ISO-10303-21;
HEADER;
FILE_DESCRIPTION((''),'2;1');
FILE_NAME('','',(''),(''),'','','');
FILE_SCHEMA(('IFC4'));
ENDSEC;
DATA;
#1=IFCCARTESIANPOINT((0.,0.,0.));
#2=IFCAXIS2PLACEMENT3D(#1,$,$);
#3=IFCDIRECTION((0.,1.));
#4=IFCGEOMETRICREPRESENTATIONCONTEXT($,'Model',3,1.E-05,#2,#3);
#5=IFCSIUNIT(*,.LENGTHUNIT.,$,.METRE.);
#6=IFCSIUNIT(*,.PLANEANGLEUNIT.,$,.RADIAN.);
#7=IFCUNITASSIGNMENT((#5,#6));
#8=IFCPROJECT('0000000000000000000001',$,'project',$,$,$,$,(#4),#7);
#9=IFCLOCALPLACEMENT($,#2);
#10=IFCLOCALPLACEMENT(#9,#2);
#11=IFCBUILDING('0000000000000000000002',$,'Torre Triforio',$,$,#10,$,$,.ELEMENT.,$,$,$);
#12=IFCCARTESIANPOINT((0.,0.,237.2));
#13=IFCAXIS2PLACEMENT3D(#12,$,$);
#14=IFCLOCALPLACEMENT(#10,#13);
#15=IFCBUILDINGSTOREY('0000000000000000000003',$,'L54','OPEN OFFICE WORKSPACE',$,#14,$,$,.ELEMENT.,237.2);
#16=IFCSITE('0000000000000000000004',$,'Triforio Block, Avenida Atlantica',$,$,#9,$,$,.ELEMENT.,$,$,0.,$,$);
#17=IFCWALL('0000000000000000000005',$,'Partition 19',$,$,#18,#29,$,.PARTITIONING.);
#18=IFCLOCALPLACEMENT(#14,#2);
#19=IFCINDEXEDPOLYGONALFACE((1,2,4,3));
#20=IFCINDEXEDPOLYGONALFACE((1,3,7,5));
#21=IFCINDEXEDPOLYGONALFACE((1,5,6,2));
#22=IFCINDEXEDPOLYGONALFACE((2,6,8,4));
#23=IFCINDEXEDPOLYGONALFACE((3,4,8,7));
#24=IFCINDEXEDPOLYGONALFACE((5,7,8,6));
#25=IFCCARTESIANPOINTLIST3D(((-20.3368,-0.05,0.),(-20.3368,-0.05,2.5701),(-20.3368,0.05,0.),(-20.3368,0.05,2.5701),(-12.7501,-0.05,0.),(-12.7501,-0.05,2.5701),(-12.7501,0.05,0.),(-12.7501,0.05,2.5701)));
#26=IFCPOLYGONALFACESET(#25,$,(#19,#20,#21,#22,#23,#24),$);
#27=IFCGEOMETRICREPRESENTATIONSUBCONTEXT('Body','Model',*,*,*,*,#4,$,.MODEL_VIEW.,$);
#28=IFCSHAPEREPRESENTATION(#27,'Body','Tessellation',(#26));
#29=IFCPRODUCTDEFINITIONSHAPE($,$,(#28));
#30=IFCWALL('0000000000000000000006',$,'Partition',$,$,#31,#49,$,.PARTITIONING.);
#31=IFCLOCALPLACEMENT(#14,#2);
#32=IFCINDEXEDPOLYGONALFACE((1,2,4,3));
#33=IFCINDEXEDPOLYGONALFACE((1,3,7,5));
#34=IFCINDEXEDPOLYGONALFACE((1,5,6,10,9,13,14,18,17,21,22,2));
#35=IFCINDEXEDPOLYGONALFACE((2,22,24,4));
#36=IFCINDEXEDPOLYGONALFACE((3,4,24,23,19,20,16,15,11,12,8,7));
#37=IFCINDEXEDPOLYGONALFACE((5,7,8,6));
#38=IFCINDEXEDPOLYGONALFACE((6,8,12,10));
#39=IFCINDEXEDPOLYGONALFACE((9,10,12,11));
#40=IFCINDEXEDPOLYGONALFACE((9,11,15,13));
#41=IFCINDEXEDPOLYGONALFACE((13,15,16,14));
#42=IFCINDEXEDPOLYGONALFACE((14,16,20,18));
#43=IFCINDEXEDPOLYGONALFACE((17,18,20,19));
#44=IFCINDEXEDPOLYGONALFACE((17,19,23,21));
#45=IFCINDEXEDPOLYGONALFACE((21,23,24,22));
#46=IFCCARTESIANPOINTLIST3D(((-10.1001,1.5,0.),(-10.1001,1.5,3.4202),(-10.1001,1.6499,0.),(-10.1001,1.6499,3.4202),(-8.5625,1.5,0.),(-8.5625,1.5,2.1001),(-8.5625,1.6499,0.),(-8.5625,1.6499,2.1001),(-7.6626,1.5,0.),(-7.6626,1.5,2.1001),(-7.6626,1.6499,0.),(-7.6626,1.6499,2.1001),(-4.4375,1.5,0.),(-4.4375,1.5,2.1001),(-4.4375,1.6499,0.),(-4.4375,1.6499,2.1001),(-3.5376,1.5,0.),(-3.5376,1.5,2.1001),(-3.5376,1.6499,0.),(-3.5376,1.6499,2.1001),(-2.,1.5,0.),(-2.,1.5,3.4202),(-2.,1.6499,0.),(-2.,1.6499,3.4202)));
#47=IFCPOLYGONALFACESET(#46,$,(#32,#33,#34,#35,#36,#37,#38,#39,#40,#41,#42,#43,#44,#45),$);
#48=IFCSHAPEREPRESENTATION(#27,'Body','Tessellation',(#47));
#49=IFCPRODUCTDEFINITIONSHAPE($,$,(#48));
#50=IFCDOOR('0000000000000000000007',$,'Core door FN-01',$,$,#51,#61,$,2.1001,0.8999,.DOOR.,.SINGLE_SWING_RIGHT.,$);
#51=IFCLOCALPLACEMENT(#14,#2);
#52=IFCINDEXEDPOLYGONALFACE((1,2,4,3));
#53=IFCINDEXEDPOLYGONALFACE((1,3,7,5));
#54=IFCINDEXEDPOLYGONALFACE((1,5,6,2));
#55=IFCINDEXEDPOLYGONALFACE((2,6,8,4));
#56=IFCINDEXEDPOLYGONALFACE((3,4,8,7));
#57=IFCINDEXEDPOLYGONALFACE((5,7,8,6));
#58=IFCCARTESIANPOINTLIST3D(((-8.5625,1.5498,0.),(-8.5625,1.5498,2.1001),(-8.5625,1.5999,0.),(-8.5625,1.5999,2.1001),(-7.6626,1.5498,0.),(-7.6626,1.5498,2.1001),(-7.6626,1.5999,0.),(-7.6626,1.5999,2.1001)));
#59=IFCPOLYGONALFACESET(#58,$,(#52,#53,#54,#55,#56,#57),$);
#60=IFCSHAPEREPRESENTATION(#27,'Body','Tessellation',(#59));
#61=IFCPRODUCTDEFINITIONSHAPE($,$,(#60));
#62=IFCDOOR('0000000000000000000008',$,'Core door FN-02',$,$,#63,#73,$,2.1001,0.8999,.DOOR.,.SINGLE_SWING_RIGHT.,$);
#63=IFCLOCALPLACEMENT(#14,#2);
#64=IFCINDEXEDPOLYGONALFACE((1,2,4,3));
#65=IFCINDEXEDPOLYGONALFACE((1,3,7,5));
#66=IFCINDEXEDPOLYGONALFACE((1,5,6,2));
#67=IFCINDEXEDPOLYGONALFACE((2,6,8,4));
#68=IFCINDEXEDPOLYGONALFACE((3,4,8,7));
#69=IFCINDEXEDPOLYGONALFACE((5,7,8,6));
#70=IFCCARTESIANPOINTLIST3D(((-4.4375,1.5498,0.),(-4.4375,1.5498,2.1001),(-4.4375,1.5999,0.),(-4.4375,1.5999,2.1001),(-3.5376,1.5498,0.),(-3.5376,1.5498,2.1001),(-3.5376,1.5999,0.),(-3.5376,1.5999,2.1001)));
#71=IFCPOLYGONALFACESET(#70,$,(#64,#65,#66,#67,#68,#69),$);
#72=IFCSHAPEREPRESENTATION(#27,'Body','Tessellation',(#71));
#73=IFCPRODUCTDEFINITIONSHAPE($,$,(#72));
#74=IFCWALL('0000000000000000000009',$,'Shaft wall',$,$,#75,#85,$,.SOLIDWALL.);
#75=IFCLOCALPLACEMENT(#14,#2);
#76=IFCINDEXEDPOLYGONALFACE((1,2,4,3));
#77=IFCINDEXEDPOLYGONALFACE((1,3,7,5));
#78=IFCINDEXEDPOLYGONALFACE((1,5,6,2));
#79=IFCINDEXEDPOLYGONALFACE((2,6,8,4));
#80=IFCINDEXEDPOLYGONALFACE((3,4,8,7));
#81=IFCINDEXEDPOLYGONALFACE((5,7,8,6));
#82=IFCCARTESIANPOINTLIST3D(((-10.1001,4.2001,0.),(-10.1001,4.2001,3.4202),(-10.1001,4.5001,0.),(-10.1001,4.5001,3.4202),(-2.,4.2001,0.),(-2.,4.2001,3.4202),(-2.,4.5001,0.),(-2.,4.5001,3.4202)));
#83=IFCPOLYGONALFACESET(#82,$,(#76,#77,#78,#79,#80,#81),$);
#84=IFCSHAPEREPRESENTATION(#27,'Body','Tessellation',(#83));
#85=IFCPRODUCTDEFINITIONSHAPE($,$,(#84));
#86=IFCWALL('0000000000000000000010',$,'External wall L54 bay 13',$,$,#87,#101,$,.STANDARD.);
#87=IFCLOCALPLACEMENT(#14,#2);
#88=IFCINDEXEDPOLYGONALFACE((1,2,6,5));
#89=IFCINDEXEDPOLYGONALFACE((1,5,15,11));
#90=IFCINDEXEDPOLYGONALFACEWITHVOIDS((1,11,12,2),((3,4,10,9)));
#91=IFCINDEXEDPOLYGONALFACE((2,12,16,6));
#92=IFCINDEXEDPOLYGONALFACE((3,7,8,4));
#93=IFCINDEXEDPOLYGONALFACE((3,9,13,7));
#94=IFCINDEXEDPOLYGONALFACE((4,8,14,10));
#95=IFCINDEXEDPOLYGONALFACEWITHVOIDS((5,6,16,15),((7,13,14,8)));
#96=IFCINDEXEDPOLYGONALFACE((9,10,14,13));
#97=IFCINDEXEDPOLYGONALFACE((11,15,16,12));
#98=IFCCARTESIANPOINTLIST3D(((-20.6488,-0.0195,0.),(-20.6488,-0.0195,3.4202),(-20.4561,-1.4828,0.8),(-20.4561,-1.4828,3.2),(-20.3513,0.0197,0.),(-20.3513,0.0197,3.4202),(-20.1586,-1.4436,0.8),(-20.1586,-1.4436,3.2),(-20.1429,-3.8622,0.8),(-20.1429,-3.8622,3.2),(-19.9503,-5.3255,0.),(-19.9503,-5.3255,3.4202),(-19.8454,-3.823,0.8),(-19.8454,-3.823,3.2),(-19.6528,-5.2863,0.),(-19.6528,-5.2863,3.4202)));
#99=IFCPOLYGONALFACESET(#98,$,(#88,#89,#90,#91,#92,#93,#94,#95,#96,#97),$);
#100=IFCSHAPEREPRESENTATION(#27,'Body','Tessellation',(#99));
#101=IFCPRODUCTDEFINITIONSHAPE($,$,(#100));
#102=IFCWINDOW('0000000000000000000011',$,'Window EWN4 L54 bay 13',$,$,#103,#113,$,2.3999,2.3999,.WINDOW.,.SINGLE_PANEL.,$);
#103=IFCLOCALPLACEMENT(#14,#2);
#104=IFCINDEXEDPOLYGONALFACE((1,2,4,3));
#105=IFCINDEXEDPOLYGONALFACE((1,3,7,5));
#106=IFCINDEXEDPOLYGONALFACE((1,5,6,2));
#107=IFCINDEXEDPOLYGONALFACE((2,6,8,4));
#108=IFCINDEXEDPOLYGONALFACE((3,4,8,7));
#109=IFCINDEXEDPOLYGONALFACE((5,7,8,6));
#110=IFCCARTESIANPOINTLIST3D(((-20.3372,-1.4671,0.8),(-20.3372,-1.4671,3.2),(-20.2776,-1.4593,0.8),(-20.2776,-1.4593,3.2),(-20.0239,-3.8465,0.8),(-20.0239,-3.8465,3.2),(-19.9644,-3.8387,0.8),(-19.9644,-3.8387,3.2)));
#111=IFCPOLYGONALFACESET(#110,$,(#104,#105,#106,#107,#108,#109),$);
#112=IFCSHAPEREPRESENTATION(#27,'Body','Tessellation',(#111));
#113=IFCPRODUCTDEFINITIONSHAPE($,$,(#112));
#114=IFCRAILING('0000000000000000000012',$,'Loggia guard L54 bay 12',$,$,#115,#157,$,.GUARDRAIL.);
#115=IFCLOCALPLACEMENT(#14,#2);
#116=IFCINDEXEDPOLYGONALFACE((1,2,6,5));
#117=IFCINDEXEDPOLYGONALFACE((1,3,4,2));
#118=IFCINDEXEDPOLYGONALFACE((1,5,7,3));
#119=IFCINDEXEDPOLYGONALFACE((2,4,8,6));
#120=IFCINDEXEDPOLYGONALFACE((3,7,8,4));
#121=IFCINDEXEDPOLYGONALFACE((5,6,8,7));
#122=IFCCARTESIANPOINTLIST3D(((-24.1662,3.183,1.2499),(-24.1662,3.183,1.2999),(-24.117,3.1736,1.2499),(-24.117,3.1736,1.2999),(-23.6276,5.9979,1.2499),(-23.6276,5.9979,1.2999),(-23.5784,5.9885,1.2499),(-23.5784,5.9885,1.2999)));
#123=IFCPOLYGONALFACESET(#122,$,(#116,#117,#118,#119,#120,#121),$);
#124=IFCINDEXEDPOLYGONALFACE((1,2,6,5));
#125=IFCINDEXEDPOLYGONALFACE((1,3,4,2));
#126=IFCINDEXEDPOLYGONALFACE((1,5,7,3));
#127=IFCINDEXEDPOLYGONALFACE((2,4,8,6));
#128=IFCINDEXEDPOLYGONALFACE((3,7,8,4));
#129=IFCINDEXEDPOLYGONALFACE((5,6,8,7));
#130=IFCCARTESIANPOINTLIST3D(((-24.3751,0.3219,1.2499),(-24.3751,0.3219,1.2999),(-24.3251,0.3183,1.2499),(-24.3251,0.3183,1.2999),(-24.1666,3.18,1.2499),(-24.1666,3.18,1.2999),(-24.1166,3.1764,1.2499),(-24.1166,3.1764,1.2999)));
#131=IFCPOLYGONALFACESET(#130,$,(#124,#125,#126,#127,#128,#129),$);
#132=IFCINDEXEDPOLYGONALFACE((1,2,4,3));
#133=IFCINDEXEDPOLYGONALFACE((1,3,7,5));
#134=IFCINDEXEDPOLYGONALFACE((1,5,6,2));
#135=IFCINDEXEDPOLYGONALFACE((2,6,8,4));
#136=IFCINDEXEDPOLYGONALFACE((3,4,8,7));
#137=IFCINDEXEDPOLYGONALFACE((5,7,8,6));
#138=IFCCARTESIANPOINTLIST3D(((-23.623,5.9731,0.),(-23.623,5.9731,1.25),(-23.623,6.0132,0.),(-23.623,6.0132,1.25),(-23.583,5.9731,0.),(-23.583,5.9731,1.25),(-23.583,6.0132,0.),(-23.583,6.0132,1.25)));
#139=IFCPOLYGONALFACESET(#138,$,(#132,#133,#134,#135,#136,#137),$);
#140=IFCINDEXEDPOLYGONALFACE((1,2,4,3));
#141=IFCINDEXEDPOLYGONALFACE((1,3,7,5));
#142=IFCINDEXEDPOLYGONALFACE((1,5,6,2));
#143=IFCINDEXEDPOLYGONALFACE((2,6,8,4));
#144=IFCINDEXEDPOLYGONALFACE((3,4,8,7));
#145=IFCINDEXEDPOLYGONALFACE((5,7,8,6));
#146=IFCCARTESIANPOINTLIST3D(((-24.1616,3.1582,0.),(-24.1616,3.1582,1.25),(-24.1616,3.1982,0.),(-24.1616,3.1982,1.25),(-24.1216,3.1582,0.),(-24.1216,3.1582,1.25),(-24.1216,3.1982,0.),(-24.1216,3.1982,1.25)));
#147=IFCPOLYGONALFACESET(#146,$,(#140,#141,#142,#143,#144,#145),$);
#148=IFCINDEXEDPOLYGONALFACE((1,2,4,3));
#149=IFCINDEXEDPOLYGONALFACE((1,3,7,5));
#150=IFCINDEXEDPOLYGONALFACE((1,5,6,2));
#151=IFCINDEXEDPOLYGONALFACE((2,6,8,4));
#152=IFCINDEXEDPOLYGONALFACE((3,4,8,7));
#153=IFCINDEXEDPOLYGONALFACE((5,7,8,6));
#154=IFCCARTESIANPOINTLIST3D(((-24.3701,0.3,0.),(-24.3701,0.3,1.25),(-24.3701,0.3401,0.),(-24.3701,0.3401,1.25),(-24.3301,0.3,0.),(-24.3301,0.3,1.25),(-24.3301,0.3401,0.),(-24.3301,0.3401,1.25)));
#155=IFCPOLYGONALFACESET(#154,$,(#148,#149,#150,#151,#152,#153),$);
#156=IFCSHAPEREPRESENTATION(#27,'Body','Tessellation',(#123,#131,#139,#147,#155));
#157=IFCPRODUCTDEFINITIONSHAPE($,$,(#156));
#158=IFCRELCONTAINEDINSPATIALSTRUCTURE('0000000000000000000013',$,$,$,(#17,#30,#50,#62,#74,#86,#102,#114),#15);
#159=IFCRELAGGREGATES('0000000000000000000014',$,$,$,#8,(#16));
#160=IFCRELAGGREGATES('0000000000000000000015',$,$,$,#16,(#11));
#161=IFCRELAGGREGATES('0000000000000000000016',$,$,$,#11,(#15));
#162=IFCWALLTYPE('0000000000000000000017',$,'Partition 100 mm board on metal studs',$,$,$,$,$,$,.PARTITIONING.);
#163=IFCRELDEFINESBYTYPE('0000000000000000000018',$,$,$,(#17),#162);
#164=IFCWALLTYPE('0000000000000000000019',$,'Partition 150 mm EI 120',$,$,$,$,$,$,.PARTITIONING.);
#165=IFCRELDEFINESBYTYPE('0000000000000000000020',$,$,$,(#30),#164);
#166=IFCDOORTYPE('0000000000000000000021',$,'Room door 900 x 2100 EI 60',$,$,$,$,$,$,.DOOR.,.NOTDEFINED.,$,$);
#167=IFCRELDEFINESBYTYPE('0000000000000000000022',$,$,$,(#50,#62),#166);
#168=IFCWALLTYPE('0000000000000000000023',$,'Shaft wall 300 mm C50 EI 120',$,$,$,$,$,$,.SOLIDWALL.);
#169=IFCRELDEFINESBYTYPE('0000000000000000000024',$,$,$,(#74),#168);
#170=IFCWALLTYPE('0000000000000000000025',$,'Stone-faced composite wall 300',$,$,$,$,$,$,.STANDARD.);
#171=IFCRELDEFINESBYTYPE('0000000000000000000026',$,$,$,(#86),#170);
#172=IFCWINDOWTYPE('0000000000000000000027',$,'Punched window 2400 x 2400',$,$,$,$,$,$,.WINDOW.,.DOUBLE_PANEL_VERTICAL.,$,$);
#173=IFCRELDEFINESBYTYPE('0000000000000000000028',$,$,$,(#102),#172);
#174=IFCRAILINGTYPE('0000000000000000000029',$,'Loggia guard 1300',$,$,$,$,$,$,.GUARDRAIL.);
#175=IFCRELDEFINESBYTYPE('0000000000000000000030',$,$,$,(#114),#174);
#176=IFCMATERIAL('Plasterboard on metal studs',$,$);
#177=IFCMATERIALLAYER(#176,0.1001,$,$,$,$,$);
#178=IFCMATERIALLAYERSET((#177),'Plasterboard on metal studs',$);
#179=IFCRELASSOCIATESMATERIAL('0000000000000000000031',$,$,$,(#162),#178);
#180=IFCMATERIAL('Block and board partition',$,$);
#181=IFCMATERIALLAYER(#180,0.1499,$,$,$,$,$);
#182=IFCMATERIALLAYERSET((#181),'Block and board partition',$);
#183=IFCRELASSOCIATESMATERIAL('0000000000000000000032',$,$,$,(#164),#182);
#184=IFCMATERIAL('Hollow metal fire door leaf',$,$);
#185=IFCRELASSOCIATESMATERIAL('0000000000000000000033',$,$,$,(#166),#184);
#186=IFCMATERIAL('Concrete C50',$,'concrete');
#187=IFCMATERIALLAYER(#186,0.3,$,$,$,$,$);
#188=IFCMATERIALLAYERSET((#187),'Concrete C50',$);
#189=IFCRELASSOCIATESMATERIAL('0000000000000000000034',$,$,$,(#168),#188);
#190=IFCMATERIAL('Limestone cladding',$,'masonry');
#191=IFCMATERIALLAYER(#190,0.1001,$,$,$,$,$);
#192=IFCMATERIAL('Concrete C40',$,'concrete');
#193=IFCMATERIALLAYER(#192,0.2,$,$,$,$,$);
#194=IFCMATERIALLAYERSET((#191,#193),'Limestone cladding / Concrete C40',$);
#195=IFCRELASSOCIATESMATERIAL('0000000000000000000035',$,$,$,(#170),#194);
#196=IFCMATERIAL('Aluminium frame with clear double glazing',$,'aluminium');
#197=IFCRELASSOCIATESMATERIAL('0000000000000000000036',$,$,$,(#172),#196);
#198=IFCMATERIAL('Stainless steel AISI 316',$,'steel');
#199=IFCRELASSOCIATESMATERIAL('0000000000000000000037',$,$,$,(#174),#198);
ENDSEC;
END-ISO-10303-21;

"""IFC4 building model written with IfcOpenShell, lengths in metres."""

from ifc_helpers import new_model, si_unit, direction, frame, frame_2d, origin, origin_2d, place, context, subcontext, project, spatial, rectangle, extrude, material, layer, layer_set, type_object, element, fill, save


model = new_model("IFC4")

# Units and contexts
model_context = context("Model", 3, precision=1e-05, world=origin(), true_north=direction((0.0, 1.0)))
body_context = subcontext(model_context, "Body", "Model", "MODEL_VIEW")
ifc_project = project(units=[si_unit("LENGTHUNIT", "METRE"), si_unit("PLANEANGLEUNIT", "RADIAN")], contexts=[model_context])

# Site, building, storey
site_placement = place(None, origin())
site = spatial("IfcSite", under=ifc_project, at=site_placement, Name="Triforio Block, Avenida Atlantica", CompositionType="ELEMENT", RefElevation=0.0)
building_placement = place(site_placement, origin())
building = spatial("IfcBuilding", under=site, at=building_placement, Name="Torre Triforio", CompositionType="ELEMENT")
storey_placement = place(building_placement, frame((0.0, 0.0, 237.2)))
storey = spatial("IfcBuildingStorey", under=building, at=storey_placement, Name="L54", Description="OPEN OFFICE WORKSPACE", CompositionType="ELEMENT", Elevation=237.2)

# Shared definitions
ifc_material_1 = material(Name="Concrete C50", Category="concrete")

# Shared definitions
ifc_material_2 = material(Name="Concrete C40", Category="concrete")

# Shared definitions
ifc_material_3 = material(Name="Hollow metal fire door leaf")

# Shared definitions
ifc_material_4 = material(Name="Plasterboard on metal studs")

# Wall
ifc_layer_1 = layer(ifc_material_4, 0.1001)
ifc_layer_set_1 = layer_set([ifc_layer_1], Name="Plasterboard on metal studs")
wall_type_1 = type_object("IfcWallType", Name="Partition 100 mm board on metal studs", PredefinedType="PARTITIONING", material=ifc_layer_set_1)
wall_1_placement = place(storey_placement, frame((-12.75, 0.0, 0.0), z_axis=(0.0, 0.0, 1.0), x_axis=(-1.0, 0.0, 0.0)))
element("IfcWall", 1, at=wall_1_placement, inside=storey, type_object=wall_type_1, Name="Partition 19", PredefinedType="PARTITIONING", context=body_context, shape_type="SweptSolid", body=[
    extrude(rectangle(XDim=7.5867, YDim=0.1001, at=frame_2d((3.7935, 0.0))), origin(), (0.0, 0.0, 1.0), 2.5701),
])

# Wall, openings, doors
ifc_material_5 = material(Name="Block and board partition")
ifc_layer_2 = layer(ifc_material_5, 0.1499)
ifc_layer_set_2 = layer_set([ifc_layer_2], Name="Block and board partition")
wall_type_2 = type_object("IfcWallType", Name="Partition 150 mm EI 120", PredefinedType="PARTITIONING", material=ifc_layer_set_2)
wall_2_placement = place(storey_placement, frame((-10.1001, 1.575, 0.0), z_axis=(0.0, 0.0, 1.0), x_axis=(1.0, 0.0, 0.0)))
wall_2 = element("IfcWall", 2, at=wall_2_placement, inside=storey, type_object=wall_type_2, Name="Partition", PredefinedType="PARTITIONING", context=body_context, shape_type="SweptSolid", body=[
    extrude(rectangle(XDim=8.1001, YDim=0.1499, at=frame_2d((4.05, 0.0))), origin(), (0.0, 0.0, 1.0), 3.4202),
])
opening_1_placement = place(wall_2_placement, frame((1.5376, 0.0, 0.0)))
opening_1 = element("IfcOpeningElement", 3, at=opening_1_placement, cuts=wall_2, PredefinedType="OPENING", context=body_context, shape_type="SweptSolid", body=[
    extrude(rectangle(XDim=0.8999, YDim=2.1001, at=frame_2d((0.45, 1.05))), frame((0.0, 0.085, 0.0), z_axis=(0.0, -1.0, 0.0), x_axis=(1.0, 0.0, 0.0)), (0.0, 0.0, 1.0), 0.1699),
])
opening_2_placement = place(wall_2_placement, frame((5.6626, 0.0, 0.0)))
opening_2 = element("IfcOpeningElement", 4, at=opening_2_placement, cuts=wall_2, PredefinedType="OPENING", context=body_context, shape_type="SweptSolid", body=[
    extrude(rectangle(XDim=0.8999, YDim=2.1001, at=frame_2d((0.45, 1.05))), frame((0.0, 0.085, 0.0), z_axis=(0.0, -1.0, 0.0), x_axis=(1.0, 0.0, 0.0)), (0.0, 0.0, 1.0), 0.1699),
])
door_type_1 = type_object("IfcDoorType", Name="Room door 900 x 2100 EI 60", OperationType="NOTDEFINED", PredefinedType="DOOR", material=ifc_material_3)
door_1_placement = place(opening_1_placement, origin())
door_1 = element("IfcDoor", 5, at=door_1_placement, inside=storey, type_object=door_type_1, Name="Core door FN-01", OperationType="SINGLE_SWING_RIGHT", OverallHeight=2.1001, OverallWidth=0.8999, PredefinedType="DOOR", context=body_context, shape_type="SweptSolid", body=[
    extrude(rectangle(XDim=0.8999, YDim=2.1001, at=frame_2d((0.45, 1.05))), frame((0.0, 0.0249, 0.0), z_axis=(0.0, -1.0, 0.0), x_axis=(1.0, 0.0, 0.0)), (0.0, 0.0, 1.0), 0.05),
])
fill(opening_1, door_1)
door_2_placement = place(opening_2_placement, origin())
door_2 = element("IfcDoor", 6, at=door_2_placement, inside=storey, type_object=door_type_1, Name="Core door FN-02", OperationType="SINGLE_SWING_RIGHT", OverallHeight=2.1001, OverallWidth=0.8999, PredefinedType="DOOR", context=body_context, shape_type="SweptSolid", body=[
    extrude(rectangle(XDim=0.8999, YDim=2.1001, at=frame_2d((0.45, 1.05))), frame((0.0, 0.0249, 0.0), z_axis=(0.0, -1.0, 0.0), x_axis=(1.0, 0.0, 0.0)), (0.0, 0.0, 1.0), 0.05),
])
fill(opening_2, door_2)

# Wall
ifc_layer_3 = layer(ifc_material_1, 0.3)
ifc_layer_set_3 = layer_set([ifc_layer_3], Name="Concrete C50")
wall_type_3 = type_object("IfcWallType", Name="Shaft wall 300 mm C50 EI 120", PredefinedType="SOLIDWALL", material=ifc_layer_set_3)
wall_3_placement = place(storey_placement, frame((-10.1001, 4.3501, 0.0), z_axis=(0.0, 0.0, 1.0), x_axis=(1.0, 0.0, 0.0)))
element("IfcWall", 7, at=wall_3_placement, inside=storey, type_object=wall_type_3, Name="Shaft wall", PredefinedType="SOLIDWALL", context=body_context, shape_type="SweptSolid", body=[
    extrude(rectangle(XDim=8.1001, YDim=0.3, at=frame_2d((4.05, 0.0))), origin(), (0.0, 0.0, 1.0), 3.4202),
])

# Shared definitions
ifc_material_6 = material(Name="Limestone cladding", Category="masonry")
ifc_layer_4 = layer(ifc_material_6, 0.1001)
ifc_layer_5 = layer(ifc_material_2, 0.2)
ifc_layer_set_4 = layer_set([ifc_layer_4, ifc_layer_5], Name="Limestone cladding / Concrete C40")
wall_type_4 = type_object("IfcWallType", Name="Stone-faced composite wall 300", PredefinedType="STANDARD", material=ifc_layer_set_4)
ifc_material_7 = material(Name="Aluminium frame with clear double glazing", Category="aluminium")

# Wall, opening, window
wall_4_placement = place(storey_placement, frame((-20.5, 0.0, 0.0), z_axis=(0.0, 0.0, 1.0), x_axis=(0.130517, -0.991446, 0.0)))
wall_4 = element("IfcWall", 8, at=wall_4_placement, inside=storey, type_object=wall_type_4, Name="External wall L54 bay 13", PredefinedType="STANDARD", context=body_context, shape_type="SweptSolid", body=[
    extrude(rectangle(XDim=5.3518, YDim=0.3, at=frame_2d((2.6758, 0.0))), origin(), (0.0, 0.0, 1.0), 3.4202),
])
opening_3_placement = place(wall_4_placement, frame((1.4758, 0.0, 0.8)))
opening_3 = element("IfcOpeningElement", 9, at=opening_3_placement, cuts=wall_4, PredefinedType="OPENING", context=body_context, shape_type="SweptSolid", body=[
    extrude(rectangle(XDim=2.3999, YDim=2.3999, at=frame_2d((1.2, 1.2))), frame((0.0, 0.1599, 0.0), z_axis=(0.0, -1.0, 0.0), x_axis=(1.0, 0.0, 0.0)), (0.0, 0.0, 1.0), 0.3201),
])
window_type_1 = type_object("IfcWindowType", Name="Punched window 2400 x 2400", PartitioningType="DOUBLE_PANEL_VERTICAL", PredefinedType="WINDOW", material=ifc_material_7)
window_1_placement = place(opening_3_placement, origin())
window_1 = element("IfcWindow", 10, at=window_1_placement, inside=storey, type_object=window_type_1, Name="Window EWN4 L54 bay 13", OverallHeight=2.3999, OverallWidth=2.3999, PartitioningType="SINGLE_PANEL", PredefinedType="WINDOW", context=body_context, shape_type="SweptSolid", body=[
    extrude(rectangle(XDim=2.3999, YDim=2.3999, at=frame_2d((1.2, 1.2))), frame((0.0, 0.03, 0.0), z_axis=(0.0, -1.0, 0.0), x_axis=(1.0, 0.0, 0.0)), (0.0, 0.0, 1.0), 0.0601),
])
fill(opening_3, window_1)

# Railing
ifc_material_8 = material(Name="Stainless steel AISI 316", Category="steel")
railing_type = type_object("IfcRailingType", Name="Loggia guard 1300", PredefinedType="GUARDRAIL", material=ifc_material_8)
railing_placement = place(storey_placement, frame((-23.603, 5.9932, 0.0)))
element("IfcRailing", 11, at=railing_placement, inside=storey, type_object=railing_type, Name="Loggia guard L54 bay 12", PredefinedType="GUARDRAIL", context=body_context, shape_type="SweptSolid", body=[
    extrude(rectangle(XDim=0.05, YDim=0.05, at=origin_2d()), frame((0.0, 0.0, 1.2749), z_axis=(-0.187918, -0.982185, 0.0), x_axis=(0.982185, -0.187918, 0.0)), (0.0, 0.0, 1.0), 2.866),
    extrude(rectangle(XDim=0.05, YDim=0.05, at=origin_2d()), frame((-0.5386, -2.8149, 1.2749), z_axis=(-0.072754, -0.99735, 0.0), x_axis=(0.99735, -0.072754, 0.0)), (0.0, 0.0, 1.0), 2.8657),
    extrude(rectangle(XDim=0.04, YDim=0.04, at=origin_2d()), origin(), (0.0, 0.0, 1.0), 1.25),
    extrude(rectangle(XDim=0.04, YDim=0.04, at=origin_2d()), frame((-0.5386, -2.8149, 0.0)), (0.0, 0.0, 1.0), 1.25),
    extrude(rectangle(XDim=0.04, YDim=0.04, at=origin_2d()), frame((-0.7471, -5.6731, 0.0)), (0.0, 0.0, 1.0), 1.25),
])

save(model, "model.ifc")
